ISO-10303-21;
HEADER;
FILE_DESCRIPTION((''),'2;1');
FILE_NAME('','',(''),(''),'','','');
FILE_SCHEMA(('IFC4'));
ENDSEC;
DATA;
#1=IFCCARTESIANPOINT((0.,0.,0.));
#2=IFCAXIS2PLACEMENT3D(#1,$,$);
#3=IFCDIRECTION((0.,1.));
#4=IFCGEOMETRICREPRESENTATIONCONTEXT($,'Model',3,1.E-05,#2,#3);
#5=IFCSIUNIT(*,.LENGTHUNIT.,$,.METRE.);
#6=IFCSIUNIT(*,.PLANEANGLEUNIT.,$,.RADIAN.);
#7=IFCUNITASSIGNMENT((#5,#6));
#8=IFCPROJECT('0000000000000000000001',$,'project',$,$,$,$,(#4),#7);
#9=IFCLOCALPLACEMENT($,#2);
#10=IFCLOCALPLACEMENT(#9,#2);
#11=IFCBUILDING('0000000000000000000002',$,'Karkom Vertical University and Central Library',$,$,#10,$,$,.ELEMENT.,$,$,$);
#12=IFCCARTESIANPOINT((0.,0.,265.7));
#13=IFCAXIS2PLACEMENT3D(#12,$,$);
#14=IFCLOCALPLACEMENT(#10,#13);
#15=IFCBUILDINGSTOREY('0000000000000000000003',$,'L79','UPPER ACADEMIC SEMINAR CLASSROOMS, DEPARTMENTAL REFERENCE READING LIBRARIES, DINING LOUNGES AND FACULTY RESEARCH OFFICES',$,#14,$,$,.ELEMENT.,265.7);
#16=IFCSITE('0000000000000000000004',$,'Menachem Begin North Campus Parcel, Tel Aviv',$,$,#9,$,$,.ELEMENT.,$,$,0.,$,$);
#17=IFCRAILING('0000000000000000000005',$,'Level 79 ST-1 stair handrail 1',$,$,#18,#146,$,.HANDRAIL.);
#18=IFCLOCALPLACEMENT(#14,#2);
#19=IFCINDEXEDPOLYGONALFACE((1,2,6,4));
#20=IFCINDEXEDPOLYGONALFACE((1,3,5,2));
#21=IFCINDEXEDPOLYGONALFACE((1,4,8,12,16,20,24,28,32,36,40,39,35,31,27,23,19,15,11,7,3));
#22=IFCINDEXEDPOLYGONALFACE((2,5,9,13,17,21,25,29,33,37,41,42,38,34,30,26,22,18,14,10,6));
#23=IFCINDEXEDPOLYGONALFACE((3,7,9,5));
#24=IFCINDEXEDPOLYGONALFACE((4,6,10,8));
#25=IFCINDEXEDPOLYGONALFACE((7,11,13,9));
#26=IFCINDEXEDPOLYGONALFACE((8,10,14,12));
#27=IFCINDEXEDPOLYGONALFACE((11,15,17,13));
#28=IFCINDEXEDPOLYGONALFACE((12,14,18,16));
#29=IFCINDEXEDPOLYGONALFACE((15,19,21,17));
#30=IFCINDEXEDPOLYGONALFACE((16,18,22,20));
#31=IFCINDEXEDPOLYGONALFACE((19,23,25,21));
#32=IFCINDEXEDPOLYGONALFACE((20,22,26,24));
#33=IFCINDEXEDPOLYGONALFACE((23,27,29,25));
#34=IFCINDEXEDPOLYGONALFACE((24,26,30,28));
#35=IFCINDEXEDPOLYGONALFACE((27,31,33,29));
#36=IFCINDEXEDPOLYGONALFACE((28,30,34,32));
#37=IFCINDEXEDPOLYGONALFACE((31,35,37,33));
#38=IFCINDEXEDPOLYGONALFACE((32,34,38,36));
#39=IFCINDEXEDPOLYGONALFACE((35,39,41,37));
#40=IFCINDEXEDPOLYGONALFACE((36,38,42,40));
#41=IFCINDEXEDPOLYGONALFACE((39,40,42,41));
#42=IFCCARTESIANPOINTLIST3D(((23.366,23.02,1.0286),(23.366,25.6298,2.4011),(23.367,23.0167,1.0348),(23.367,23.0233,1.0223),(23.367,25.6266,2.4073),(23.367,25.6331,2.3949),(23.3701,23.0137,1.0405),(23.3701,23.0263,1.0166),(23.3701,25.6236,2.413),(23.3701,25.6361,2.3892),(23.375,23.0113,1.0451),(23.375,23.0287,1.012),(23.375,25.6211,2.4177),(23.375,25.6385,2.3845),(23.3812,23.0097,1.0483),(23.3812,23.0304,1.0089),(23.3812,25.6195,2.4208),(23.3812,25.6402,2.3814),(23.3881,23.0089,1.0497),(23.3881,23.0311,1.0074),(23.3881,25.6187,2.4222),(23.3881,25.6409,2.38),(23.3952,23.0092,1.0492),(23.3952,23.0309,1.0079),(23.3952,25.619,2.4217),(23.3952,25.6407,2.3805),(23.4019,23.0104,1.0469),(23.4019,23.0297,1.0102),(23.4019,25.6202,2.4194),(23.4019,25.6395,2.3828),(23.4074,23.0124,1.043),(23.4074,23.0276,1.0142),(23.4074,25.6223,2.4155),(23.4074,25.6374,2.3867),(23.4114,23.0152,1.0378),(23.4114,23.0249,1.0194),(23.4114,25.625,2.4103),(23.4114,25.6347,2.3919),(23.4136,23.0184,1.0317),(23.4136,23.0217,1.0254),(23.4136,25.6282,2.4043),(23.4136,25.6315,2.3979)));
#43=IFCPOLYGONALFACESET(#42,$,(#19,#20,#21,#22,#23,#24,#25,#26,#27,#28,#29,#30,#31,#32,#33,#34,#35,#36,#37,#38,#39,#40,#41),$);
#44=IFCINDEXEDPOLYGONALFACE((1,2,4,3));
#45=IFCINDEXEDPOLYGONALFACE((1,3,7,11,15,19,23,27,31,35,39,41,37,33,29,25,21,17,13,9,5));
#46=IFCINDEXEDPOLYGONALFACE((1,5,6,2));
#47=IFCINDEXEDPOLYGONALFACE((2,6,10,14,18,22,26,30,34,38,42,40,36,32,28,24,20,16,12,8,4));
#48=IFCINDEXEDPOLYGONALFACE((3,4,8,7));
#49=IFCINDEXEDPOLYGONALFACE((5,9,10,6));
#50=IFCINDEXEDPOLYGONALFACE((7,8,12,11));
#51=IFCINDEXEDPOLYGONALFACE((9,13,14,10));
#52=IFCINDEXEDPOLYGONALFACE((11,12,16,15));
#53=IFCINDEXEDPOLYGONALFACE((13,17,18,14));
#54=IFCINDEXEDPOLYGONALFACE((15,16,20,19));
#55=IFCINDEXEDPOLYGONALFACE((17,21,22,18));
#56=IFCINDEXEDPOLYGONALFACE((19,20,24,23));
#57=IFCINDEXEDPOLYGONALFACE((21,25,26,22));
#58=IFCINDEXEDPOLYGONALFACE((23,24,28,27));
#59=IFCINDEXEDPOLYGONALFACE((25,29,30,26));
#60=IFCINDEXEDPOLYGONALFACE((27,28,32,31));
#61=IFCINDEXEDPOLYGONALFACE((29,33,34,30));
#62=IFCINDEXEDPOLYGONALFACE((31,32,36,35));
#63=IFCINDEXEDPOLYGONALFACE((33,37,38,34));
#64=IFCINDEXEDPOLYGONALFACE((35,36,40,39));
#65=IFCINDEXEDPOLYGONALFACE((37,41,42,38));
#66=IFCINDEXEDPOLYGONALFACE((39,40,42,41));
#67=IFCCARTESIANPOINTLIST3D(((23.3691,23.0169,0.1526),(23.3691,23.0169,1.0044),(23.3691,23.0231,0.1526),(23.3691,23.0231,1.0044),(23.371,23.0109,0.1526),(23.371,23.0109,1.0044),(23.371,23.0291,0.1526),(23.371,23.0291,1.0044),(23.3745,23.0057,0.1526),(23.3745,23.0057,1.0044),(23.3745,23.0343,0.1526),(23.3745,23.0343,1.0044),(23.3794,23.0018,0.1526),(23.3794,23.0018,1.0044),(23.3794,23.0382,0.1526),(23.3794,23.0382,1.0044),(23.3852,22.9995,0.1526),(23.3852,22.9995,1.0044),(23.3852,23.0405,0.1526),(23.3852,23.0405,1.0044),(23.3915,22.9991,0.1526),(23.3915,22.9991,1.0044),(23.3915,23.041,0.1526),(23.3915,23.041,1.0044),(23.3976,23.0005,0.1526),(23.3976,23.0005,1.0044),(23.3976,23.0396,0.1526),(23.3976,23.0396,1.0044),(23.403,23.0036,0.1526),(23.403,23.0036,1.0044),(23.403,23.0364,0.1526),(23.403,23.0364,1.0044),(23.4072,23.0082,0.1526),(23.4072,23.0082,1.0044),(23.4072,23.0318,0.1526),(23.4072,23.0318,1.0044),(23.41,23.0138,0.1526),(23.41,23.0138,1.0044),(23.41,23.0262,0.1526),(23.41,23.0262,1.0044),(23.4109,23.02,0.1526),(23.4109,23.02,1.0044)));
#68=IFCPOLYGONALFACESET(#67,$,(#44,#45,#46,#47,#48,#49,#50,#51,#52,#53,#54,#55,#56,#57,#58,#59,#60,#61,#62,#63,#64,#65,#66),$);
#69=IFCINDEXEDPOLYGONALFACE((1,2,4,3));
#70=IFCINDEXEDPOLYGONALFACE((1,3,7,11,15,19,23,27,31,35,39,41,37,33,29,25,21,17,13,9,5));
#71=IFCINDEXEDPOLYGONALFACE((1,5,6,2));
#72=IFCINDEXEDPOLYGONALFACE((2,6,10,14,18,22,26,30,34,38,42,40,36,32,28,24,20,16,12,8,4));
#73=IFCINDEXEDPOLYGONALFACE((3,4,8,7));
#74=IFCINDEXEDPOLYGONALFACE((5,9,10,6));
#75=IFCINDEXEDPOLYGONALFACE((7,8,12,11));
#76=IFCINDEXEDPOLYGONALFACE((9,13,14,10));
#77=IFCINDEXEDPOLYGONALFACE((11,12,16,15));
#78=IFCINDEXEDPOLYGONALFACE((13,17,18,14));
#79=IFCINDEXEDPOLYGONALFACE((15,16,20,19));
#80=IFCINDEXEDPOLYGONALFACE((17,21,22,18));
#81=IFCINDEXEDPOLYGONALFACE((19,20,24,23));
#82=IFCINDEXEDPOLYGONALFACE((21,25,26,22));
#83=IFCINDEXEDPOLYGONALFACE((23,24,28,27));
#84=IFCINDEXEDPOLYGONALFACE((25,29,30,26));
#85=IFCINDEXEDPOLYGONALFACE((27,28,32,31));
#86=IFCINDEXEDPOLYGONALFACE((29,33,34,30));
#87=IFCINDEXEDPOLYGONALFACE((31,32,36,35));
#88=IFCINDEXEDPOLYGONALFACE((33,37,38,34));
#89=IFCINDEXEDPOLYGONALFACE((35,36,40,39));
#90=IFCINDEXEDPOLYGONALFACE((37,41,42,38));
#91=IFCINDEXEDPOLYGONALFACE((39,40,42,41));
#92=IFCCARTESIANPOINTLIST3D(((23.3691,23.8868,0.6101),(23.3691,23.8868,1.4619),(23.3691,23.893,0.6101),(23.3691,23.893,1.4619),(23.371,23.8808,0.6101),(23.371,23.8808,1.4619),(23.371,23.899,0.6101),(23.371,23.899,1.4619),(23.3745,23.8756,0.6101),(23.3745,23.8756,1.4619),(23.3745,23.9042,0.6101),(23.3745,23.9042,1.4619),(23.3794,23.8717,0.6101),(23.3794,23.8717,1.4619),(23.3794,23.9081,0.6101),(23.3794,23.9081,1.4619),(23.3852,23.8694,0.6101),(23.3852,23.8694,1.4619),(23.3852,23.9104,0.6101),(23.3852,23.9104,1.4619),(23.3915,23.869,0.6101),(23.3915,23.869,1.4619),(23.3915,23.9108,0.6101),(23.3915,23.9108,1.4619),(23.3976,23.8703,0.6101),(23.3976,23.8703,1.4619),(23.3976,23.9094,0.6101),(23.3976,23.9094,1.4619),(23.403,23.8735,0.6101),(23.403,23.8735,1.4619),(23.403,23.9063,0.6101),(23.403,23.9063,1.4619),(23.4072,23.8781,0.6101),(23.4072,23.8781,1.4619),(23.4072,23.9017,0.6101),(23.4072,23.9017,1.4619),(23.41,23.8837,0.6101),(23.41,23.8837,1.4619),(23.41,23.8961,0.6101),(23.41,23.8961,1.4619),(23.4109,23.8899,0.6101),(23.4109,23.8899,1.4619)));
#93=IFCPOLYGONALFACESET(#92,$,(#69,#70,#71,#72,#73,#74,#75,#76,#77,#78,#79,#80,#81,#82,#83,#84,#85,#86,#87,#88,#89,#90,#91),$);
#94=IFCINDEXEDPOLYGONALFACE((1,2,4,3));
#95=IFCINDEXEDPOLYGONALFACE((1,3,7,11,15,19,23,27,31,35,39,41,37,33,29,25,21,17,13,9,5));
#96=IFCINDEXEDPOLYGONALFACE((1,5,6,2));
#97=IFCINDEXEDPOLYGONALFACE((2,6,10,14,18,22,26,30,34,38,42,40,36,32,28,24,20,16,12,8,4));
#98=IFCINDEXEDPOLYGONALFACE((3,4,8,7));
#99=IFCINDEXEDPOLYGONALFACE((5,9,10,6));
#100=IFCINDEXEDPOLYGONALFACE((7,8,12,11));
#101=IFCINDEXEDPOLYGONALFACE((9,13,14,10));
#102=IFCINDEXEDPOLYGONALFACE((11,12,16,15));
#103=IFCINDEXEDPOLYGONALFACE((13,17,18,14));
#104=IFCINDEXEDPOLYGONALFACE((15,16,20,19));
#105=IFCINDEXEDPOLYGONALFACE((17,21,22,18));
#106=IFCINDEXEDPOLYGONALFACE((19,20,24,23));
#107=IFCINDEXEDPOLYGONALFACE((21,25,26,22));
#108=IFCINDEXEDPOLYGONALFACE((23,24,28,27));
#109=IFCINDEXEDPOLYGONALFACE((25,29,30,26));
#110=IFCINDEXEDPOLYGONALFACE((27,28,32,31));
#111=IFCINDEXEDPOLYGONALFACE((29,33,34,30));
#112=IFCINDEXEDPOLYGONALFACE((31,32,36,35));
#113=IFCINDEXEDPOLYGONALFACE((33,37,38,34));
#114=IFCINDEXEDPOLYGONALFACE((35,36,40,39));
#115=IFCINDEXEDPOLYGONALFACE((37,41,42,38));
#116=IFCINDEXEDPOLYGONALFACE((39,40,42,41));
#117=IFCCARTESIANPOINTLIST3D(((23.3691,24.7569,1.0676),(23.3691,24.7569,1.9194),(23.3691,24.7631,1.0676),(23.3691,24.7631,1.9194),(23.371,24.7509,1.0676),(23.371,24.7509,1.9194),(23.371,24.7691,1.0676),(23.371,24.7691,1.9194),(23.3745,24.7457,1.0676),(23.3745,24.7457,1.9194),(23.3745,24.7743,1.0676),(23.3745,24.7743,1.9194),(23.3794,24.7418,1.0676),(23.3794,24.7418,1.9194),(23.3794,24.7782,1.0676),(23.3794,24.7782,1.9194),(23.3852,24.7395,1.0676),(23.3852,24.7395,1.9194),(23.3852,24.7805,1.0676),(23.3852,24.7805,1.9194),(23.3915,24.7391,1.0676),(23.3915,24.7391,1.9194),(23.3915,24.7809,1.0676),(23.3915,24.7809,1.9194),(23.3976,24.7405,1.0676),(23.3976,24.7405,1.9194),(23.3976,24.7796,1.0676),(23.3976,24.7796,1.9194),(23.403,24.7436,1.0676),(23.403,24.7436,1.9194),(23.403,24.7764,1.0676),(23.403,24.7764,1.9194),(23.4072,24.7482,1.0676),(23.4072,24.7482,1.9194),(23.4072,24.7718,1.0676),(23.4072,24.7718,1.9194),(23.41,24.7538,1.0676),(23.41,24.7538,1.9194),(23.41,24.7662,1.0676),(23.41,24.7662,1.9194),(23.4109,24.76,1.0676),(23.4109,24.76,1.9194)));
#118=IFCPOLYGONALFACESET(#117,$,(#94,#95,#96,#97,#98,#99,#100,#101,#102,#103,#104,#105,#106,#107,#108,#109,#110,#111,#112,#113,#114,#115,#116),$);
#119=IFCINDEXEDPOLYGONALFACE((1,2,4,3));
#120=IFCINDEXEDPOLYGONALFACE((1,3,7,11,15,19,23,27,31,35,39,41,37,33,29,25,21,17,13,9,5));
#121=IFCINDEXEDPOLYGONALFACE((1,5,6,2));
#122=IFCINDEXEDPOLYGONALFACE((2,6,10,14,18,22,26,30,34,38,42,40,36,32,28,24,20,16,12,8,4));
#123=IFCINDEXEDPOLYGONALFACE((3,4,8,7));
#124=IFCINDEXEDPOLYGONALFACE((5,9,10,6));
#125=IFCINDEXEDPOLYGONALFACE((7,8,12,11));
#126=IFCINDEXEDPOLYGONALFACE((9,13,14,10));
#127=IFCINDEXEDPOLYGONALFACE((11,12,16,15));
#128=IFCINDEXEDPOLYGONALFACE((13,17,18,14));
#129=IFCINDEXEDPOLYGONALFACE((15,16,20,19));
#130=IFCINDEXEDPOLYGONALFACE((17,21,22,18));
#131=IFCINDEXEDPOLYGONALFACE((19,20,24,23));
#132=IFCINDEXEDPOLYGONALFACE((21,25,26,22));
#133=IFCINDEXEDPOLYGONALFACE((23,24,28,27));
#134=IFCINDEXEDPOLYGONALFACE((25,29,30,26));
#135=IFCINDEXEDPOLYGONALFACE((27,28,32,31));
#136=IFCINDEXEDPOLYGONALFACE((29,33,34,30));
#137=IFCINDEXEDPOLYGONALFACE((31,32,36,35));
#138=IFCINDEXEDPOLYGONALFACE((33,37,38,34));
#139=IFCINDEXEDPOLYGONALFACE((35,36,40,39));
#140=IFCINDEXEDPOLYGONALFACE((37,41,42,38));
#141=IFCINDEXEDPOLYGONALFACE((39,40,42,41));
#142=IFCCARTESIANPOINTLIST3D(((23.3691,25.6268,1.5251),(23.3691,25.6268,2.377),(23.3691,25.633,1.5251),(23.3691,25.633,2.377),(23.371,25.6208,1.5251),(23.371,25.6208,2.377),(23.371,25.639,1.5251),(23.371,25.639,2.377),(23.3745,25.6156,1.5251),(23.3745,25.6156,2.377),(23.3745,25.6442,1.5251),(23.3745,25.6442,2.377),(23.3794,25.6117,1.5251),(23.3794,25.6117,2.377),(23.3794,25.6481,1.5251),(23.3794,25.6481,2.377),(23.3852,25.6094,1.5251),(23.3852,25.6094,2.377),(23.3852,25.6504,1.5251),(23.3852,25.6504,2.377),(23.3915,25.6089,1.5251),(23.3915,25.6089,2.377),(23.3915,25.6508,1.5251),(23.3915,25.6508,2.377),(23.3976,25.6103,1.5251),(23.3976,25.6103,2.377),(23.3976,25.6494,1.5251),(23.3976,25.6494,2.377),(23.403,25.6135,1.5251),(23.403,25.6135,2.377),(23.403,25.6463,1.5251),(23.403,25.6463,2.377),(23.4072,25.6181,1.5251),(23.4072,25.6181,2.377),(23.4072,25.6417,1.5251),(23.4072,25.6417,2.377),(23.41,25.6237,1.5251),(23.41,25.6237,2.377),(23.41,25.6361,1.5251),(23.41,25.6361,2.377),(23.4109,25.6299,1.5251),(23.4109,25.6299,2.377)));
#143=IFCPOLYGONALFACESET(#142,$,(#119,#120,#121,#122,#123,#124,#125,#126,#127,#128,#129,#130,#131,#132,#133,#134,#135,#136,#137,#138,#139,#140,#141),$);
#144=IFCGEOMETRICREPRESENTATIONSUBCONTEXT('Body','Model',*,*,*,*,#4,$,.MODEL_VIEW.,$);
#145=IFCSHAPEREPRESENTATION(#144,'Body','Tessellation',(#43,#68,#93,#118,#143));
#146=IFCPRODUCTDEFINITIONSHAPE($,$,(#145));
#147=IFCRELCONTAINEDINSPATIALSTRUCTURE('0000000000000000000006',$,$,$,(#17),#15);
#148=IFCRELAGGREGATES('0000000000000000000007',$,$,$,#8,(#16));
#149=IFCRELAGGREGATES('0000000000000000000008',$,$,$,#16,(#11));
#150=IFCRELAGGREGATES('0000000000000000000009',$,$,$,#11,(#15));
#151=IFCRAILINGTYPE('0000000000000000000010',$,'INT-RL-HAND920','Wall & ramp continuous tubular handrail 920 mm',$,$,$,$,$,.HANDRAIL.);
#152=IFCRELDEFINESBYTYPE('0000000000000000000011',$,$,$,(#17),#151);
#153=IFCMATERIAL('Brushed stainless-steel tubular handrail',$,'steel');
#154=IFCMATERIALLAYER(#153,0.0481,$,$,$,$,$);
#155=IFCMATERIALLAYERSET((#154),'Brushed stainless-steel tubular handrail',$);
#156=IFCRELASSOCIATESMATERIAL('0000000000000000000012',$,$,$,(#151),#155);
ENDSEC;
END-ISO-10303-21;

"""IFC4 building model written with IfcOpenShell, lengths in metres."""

from ifc_helpers import new_model, si_unit, direction, frame, origin, origin_2d, place, context, subcontext, project, spatial, circle, extrude, material, layer, layer_set, type_object, element, save


model = new_model("IFC4")

# Units and contexts
model_context = context("Model", 3, precision=1e-05, world=origin(), true_north=direction((0.0, 1.0)))
body_context = subcontext(model_context, "Body", "Model", "MODEL_VIEW")
ifc_project = project(units=[si_unit("LENGTHUNIT", "METRE"), si_unit("PLANEANGLEUNIT", "RADIAN")], contexts=[model_context])

# Site, building, storey
site_placement = place(None, origin())
site = spatial("IfcSite", under=ifc_project, at=site_placement, Name="Menachem Begin North Campus Parcel, Tel Aviv", CompositionType="ELEMENT", RefElevation=0.0)
building_placement = place(site_placement, origin())
building = spatial("IfcBuilding", under=site, at=building_placement, Name="Karkom Vertical University and Central Library", CompositionType="ELEMENT")
storey_placement = place(building_placement, frame((0.0, 0.0, 265.7)))
storey = spatial("IfcBuildingStorey", under=building, at=storey_placement, Name="L79", Description="UPPER ACADEMIC SEMINAR CLASSROOMS, DEPARTMENTAL REFERENCE READING LIBRARIES, DINING LOUNGES AND FACULTY RESEARCH OFFICES", CompositionType="ELEMENT", Elevation=265.7)

# Railing
ifc_material_1 = material(Name="Brushed stainless-steel tubular handrail", Category="steel")
ifc_layer_1 = layer(ifc_material_1, 0.0481)
ifc_layer_set_1 = layer_set([ifc_layer_1], Name="Brushed stainless-steel tubular handrail")
railing_type_1 = type_object("IfcRailingType", Name="INT-RL-HAND920", Description="Wall & ramp continuous tubular handrail 920 mm", PredefinedType="HANDRAIL", material=ifc_layer_set_1)
railing_1_placement = place(storey_placement, frame((23.3899, 23.02, 0.1526)))
element("IfcRailing", 1, at=railing_1_placement, inside=storey, type_object=railing_type_1, Name="Level 79 ST-1 stair handrail 1", PredefinedType="HANDRAIL", context=body_context, shape_type="SweptSolid", body=[
    extrude(circle(Radius=0.0239, at=origin_2d()), frame((0.0, 0.0, 0.876), z_axis=(0.0, 0.885065, 0.465467), x_axis=(-1.0, 0.0, 0.0)), (0.0, 0.0, 1.0), 2.9487),
    extrude(circle(Radius=0.021, at=origin_2d()), origin(), (0.0, 0.0, 1.0), 0.8518),
    extrude(circle(Radius=0.021, at=origin_2d()), frame((0.0, 0.8699, 0.4575)), (0.0, 0.0, 1.0), 0.8518),
    extrude(circle(Radius=0.021, at=origin_2d()), frame((0.0, 1.74, 0.915)), (0.0, 0.0, 1.0), 0.8518),
    extrude(circle(Radius=0.021, at=origin_2d()), frame((0.0, 2.6099, 1.3726)), (0.0, 0.0, 1.0), 0.8518),
])

save(model, "model.ifc")
